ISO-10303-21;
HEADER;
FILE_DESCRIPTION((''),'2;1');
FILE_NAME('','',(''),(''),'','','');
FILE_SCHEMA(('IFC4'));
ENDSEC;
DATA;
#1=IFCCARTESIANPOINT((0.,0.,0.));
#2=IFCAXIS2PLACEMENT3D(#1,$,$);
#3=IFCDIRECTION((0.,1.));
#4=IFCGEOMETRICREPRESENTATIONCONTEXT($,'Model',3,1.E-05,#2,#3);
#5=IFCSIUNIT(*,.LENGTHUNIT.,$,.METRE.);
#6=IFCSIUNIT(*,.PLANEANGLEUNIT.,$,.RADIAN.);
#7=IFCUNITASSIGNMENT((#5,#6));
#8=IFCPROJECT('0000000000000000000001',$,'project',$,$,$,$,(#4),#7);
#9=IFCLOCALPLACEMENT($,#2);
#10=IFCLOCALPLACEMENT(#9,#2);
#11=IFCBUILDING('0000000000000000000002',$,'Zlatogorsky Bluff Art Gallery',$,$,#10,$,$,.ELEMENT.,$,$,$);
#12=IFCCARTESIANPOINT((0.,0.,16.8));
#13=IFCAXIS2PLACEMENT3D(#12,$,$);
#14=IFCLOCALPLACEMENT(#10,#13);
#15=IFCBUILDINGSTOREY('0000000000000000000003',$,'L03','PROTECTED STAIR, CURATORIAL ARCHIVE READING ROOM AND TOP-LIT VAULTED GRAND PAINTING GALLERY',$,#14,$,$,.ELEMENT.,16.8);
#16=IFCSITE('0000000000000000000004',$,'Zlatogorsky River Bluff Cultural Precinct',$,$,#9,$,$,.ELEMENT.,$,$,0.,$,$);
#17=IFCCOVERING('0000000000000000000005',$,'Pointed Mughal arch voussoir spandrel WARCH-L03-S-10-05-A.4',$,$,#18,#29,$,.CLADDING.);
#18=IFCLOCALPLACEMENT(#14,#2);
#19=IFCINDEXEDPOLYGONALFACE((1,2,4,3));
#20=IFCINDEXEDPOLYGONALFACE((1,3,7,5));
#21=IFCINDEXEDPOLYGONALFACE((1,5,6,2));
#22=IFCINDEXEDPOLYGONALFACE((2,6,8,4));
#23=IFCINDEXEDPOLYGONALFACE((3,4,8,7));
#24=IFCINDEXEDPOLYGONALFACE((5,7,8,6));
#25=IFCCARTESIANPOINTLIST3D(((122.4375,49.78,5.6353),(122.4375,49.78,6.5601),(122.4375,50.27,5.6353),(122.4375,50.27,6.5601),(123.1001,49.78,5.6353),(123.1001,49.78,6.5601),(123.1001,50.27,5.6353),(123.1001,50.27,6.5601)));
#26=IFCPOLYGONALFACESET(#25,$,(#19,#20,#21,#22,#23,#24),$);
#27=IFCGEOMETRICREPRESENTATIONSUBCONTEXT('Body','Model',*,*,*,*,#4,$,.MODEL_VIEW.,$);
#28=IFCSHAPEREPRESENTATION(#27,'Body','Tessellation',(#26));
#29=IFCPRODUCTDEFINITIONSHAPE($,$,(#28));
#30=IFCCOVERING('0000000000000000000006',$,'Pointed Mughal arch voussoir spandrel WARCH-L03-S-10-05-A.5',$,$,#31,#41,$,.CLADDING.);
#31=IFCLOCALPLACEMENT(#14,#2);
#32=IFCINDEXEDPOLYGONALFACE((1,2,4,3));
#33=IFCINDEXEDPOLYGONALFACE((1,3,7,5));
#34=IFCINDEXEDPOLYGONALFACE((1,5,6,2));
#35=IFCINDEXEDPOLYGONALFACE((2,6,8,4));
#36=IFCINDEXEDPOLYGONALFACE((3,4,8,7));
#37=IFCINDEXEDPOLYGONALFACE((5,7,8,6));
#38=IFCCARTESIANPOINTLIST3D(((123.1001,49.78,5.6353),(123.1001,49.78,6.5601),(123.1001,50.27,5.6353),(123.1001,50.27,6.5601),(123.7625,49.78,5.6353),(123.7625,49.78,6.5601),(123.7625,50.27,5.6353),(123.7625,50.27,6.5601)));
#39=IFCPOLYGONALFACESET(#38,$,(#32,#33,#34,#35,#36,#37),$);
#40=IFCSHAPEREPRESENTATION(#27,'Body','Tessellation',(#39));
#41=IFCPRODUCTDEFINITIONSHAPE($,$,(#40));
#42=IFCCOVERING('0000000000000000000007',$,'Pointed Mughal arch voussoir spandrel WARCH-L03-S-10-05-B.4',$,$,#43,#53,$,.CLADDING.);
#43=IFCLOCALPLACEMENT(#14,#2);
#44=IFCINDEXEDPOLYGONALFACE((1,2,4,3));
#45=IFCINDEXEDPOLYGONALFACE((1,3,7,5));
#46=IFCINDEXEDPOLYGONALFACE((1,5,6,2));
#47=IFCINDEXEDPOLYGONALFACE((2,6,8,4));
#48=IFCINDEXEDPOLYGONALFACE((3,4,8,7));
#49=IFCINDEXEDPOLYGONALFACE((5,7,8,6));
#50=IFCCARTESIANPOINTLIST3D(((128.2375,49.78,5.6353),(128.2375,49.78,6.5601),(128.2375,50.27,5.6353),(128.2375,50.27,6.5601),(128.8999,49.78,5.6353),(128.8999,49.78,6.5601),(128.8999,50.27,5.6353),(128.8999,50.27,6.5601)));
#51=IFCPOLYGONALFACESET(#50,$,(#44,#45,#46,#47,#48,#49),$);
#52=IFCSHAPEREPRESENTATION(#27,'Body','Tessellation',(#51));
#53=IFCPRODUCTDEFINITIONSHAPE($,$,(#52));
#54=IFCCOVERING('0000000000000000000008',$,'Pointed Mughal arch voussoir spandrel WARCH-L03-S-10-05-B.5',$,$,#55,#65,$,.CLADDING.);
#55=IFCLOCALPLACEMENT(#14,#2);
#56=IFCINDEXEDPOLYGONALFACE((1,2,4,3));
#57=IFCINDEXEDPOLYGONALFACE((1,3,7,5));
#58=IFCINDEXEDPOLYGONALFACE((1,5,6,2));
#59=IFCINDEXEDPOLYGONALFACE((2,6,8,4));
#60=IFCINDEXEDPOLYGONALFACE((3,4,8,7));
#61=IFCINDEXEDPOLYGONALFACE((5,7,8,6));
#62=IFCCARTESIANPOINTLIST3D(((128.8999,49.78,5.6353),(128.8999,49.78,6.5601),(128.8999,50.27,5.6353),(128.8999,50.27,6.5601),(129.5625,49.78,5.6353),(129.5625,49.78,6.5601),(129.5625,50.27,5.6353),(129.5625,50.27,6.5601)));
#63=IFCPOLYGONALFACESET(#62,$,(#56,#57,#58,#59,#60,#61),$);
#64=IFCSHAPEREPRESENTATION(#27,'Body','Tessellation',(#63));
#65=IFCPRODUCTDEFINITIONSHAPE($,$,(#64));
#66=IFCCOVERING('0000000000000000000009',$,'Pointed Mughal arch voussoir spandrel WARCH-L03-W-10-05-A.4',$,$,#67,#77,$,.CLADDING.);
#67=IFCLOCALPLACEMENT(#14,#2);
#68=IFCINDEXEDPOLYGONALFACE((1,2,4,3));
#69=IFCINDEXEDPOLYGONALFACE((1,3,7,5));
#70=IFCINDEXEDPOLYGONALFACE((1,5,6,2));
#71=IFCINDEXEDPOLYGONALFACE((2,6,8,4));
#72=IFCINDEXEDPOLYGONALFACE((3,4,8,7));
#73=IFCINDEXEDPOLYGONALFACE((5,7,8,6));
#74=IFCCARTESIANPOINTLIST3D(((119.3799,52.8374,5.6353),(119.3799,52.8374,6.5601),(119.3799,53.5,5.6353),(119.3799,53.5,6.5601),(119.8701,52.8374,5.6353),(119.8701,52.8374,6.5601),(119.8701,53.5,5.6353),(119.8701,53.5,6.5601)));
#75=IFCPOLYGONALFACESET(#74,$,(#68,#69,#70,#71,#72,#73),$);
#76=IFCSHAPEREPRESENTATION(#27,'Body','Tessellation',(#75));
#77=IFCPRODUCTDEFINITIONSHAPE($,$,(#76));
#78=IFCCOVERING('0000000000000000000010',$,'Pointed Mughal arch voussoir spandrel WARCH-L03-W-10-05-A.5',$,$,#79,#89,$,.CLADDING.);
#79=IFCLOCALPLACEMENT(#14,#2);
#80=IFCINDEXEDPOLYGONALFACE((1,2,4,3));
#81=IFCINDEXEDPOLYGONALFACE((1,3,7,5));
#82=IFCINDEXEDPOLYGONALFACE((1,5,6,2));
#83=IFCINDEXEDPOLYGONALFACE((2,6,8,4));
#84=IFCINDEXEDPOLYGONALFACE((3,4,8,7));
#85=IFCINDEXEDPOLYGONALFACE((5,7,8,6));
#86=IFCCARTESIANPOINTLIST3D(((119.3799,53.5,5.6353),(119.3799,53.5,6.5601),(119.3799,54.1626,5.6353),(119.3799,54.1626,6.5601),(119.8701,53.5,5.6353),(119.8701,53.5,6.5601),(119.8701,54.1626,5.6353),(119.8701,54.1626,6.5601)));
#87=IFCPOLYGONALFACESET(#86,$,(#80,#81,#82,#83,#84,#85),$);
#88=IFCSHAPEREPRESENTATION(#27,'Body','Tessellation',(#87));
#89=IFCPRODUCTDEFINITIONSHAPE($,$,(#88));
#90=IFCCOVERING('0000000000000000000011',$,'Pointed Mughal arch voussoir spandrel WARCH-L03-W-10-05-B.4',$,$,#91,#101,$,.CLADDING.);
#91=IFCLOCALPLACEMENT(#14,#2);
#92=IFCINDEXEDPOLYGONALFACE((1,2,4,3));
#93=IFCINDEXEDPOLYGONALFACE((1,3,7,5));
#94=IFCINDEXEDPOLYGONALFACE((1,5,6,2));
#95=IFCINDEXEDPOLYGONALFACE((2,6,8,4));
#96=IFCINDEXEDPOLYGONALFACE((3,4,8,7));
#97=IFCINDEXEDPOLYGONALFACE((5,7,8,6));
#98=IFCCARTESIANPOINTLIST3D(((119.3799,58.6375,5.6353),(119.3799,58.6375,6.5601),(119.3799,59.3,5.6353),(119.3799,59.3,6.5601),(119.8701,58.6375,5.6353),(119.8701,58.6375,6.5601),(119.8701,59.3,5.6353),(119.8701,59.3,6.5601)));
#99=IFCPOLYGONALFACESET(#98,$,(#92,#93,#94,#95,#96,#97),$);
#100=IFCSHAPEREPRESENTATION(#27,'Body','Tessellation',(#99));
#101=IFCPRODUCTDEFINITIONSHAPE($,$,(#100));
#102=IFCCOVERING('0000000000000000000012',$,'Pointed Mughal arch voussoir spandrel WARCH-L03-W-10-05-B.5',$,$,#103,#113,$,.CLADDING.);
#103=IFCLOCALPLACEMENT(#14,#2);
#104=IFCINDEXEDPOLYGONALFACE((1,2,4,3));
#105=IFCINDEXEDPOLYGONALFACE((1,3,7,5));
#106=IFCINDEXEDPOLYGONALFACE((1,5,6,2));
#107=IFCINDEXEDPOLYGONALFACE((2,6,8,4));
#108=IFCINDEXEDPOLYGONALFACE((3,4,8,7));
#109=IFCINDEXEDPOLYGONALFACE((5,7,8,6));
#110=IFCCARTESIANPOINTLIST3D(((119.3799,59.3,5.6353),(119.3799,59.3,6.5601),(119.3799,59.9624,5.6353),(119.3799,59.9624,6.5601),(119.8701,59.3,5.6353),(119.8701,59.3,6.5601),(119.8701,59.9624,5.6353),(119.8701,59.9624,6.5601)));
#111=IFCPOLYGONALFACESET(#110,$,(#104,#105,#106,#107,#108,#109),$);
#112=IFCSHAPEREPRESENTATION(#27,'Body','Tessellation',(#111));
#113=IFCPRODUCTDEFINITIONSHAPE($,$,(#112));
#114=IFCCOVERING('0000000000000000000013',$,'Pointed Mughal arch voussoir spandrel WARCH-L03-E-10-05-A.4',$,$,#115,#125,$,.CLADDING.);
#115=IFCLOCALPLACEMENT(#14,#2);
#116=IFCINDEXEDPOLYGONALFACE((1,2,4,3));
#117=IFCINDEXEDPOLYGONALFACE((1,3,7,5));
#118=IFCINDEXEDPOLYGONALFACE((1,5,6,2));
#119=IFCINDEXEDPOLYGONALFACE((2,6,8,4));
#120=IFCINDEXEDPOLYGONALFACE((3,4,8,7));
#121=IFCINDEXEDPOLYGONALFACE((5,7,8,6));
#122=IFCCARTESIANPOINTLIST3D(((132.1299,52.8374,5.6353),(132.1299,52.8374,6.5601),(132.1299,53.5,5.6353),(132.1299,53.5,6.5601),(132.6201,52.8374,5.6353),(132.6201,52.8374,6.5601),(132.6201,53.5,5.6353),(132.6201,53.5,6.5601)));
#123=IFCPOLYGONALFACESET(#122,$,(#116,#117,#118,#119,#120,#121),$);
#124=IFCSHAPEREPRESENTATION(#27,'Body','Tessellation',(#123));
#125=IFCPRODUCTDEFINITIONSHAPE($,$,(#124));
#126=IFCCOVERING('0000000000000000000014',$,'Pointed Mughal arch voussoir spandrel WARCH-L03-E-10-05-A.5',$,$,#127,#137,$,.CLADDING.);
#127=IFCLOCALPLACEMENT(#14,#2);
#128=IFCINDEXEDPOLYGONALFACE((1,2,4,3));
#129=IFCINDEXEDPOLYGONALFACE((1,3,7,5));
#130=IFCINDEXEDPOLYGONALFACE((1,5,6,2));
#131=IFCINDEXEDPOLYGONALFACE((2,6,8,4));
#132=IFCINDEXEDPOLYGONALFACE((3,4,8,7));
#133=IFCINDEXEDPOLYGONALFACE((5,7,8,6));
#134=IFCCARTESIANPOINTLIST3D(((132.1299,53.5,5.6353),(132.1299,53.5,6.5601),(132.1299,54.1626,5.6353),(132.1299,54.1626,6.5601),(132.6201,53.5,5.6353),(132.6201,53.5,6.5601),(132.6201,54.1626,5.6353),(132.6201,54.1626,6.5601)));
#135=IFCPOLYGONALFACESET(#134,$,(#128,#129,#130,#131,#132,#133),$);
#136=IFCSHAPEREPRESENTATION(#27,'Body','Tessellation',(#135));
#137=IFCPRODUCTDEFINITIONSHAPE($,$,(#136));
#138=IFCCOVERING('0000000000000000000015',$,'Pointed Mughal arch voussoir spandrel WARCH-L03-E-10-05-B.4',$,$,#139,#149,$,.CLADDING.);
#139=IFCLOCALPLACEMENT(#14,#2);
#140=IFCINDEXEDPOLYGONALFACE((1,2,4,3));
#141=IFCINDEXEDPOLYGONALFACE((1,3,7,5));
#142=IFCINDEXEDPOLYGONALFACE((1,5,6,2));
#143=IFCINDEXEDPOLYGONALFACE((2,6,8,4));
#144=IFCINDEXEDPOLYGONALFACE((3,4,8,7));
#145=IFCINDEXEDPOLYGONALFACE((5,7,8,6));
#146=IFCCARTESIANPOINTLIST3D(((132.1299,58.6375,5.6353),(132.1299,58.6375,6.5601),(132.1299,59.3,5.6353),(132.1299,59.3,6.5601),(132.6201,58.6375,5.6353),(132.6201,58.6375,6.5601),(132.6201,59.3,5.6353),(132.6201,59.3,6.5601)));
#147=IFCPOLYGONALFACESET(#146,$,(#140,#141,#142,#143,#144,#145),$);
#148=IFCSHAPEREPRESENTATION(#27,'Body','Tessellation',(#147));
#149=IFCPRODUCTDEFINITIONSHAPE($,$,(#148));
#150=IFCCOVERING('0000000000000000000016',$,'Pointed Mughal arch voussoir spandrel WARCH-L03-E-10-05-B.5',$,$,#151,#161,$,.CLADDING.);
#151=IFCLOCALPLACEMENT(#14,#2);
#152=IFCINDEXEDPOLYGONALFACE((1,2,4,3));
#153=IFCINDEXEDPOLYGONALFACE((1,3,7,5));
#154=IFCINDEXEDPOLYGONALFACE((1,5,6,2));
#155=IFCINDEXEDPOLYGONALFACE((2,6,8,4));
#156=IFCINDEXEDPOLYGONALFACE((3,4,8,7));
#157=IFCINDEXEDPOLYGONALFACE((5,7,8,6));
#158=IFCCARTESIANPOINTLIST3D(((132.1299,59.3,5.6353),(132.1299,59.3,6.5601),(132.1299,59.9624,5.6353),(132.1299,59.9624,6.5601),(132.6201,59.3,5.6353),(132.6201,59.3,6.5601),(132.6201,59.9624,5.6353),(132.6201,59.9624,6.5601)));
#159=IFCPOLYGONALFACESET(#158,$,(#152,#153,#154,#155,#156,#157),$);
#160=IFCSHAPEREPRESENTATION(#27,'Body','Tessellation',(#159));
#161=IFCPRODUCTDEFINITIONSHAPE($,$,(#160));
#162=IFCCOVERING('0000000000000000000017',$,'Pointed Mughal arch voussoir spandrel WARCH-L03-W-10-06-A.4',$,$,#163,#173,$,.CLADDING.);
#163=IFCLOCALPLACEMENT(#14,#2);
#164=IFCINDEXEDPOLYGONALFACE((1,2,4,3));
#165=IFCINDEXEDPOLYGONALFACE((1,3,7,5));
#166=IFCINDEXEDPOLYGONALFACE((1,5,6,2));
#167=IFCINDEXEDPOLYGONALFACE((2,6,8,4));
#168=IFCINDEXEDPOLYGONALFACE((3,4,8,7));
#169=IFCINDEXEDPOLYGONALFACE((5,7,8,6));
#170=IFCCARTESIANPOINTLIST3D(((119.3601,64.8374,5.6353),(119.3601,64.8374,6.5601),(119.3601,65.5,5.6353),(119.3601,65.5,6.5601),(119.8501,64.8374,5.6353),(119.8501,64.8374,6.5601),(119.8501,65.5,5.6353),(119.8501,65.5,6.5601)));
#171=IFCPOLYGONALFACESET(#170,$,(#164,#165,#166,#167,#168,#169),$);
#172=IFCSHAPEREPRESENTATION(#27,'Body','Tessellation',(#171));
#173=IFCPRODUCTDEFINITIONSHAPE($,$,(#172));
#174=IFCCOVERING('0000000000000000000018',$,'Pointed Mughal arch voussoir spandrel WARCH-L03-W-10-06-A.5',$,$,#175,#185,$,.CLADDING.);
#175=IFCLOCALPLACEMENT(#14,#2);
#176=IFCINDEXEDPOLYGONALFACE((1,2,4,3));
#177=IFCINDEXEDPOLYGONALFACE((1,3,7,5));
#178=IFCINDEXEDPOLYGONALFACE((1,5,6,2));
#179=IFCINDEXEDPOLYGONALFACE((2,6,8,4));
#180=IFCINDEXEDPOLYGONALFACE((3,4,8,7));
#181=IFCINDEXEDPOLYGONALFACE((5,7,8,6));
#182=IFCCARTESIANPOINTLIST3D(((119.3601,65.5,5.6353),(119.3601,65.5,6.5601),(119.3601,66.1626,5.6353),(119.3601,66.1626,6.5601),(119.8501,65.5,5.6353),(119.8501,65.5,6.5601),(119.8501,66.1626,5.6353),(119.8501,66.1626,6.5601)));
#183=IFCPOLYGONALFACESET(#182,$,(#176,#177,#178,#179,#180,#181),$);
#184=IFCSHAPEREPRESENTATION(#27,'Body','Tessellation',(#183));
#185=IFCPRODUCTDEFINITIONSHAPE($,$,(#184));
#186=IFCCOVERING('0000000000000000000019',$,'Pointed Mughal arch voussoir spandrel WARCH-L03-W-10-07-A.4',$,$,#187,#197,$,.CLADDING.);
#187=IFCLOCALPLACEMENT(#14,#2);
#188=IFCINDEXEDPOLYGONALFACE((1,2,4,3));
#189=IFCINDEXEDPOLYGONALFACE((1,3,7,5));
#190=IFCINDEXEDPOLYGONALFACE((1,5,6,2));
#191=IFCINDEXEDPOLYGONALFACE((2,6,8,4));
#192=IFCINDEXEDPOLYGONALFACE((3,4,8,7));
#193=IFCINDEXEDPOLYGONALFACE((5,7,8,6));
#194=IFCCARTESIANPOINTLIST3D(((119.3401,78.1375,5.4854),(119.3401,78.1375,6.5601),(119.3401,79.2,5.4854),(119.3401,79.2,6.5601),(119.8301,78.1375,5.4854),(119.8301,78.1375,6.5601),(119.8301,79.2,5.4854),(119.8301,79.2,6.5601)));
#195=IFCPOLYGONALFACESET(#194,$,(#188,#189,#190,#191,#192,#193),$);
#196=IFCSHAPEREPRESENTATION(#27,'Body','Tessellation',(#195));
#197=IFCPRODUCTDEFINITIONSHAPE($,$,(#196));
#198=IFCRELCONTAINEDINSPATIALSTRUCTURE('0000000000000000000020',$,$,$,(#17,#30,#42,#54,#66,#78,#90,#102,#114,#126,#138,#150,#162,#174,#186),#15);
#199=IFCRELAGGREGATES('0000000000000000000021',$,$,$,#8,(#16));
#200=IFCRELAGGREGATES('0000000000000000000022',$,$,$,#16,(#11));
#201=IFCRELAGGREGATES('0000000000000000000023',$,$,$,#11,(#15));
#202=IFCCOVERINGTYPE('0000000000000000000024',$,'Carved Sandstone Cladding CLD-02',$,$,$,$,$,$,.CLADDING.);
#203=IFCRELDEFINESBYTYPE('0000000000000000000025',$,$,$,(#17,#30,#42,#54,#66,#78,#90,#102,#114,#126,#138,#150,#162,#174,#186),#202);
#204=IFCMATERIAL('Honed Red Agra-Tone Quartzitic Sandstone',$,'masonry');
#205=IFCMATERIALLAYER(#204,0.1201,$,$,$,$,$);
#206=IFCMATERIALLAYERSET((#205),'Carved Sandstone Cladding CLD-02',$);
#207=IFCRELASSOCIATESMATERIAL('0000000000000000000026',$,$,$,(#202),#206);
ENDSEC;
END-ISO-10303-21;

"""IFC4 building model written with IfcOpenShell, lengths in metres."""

from ifc_helpers import new_model, si_unit, direction, frame, origin, place, context, subcontext, project, spatial, polyline, outline, extrude, material, layer, layer_set, type_object, element, save


model = new_model("IFC4")

# Units and contexts
model_context = context("Model", 3, precision=1e-05, world=origin(), true_north=direction((0.0, 1.0)))
body_context = subcontext(model_context, "Body", "Model", "MODEL_VIEW")
ifc_project = project(units=[si_unit("LENGTHUNIT", "METRE"), si_unit("PLANEANGLEUNIT", "RADIAN")], contexts=[model_context])

# Site, building, storey
site_placement = place(None, origin())
site = spatial("IfcSite", under=ifc_project, at=site_placement, Name="Zlatogorsky River Bluff Cultural Precinct", CompositionType="ELEMENT", RefElevation=0.0)
building_placement = place(site_placement, origin())
building = spatial("IfcBuilding", under=site, at=building_placement, Name="Zlatogorsky Bluff Art Gallery", CompositionType="ELEMENT")
storey_placement = place(building_placement, frame((0.0, 0.0, 16.8)))
storey = spatial("IfcBuildingStorey", under=building, at=storey_placement, Name="L03", Description="PROTECTED STAIR, CURATORIAL ARCHIVE READING ROOM AND TOP-LIT VAULTED GRAND PAINTING GALLERY", CompositionType="ELEMENT", Elevation=16.8)

# Coverings
ifc_material = material(Name="Honed Red Agra-Tone Quartzitic Sandstone", Category="masonry")
ifc_layer = layer(ifc_material, 0.1201)
ifc_layer_set = layer_set([ifc_layer], Name="Carved Sandstone Cladding CLD-02")
covering_type = type_object("IfcCoveringType", Name="Carved Sandstone Cladding CLD-02", PredefinedType="CLADDING", material=ifc_layer_set)
covering_1_placement = place(storey_placement, frame((0.0, 0.0, 5.6353)))
element("IfcCovering", 1, at=covering_1_placement, inside=storey, type_object=covering_type, Name="Pointed Mughal arch voussoir spandrel WARCH-L03-S-10-05-A.4", PredefinedType="CLADDING", context=body_context, shape_type="SweptSolid", body=[
    extrude(outline(polyline([(122.4375, 49.78), (123.1001, 49.78), (123.1001, 50.27), (122.4375, 50.27), (122.4375, 49.78)])), origin(), (0.0, 0.0, 1.0), 0.9248),
])
covering_2_placement = place(storey_placement, frame((0.0, 0.0, 5.6353)))
element("IfcCovering", 2, at=covering_2_placement, inside=storey, type_object=covering_type, Name="Pointed Mughal arch voussoir spandrel WARCH-L03-S-10-05-A.5", PredefinedType="CLADDING", context=body_context, shape_type="SweptSolid", body=[
    extrude(outline(polyline([(123.1001, 49.78), (123.7625, 49.78), (123.7625, 50.27), (123.1001, 50.27), (123.1001, 49.78)])), origin(), (0.0, 0.0, 1.0), 0.9248),
])
covering_3_placement = place(storey_placement, frame((0.0, 0.0, 5.6353)))
element("IfcCovering", 3, at=covering_3_placement, inside=storey, type_object=covering_type, Name="Pointed Mughal arch voussoir spandrel WARCH-L03-S-10-05-B.4", PredefinedType="CLADDING", context=body_context, shape_type="SweptSolid", body=[
    extrude(outline(polyline([(128.2375, 49.78), (128.8999, 49.78), (128.8999, 50.27), (128.2375, 50.27), (128.2375, 49.78)])), origin(), (0.0, 0.0, 1.0), 0.9248),
])
covering_4_placement = place(storey_placement, frame((0.0, 0.0, 5.6353)))
element("IfcCovering", 4, at=covering_4_placement, inside=storey, type_object=covering_type, Name="Pointed Mughal arch voussoir spandrel WARCH-L03-S-10-05-B.5", PredefinedType="CLADDING", context=body_context, shape_type="SweptSolid", body=[
    extrude(outline(polyline([(128.8999, 49.78), (129.5625, 49.78), (129.5625, 50.27), (128.8999, 50.27), (128.8999, 49.78)])), origin(), (0.0, 0.0, 1.0), 0.9248),
])
covering_5_placement = place(storey_placement, frame((0.0, 0.0, 5.6353)))
element("IfcCovering", 5, at=covering_5_placement, inside=storey, type_object=covering_type, Name="Pointed Mughal arch voussoir spandrel WARCH-L03-W-10-05-A.4", PredefinedType="CLADDING", context=body_context, shape_type="SweptSolid", body=[
    extrude(outline(polyline([(119.3799, 52.8374), (119.3799, 53.5), (119.8701, 53.5), (119.8701, 52.8374), (119.3799, 52.8374)])), origin(), (0.0, 0.0, 1.0), 0.9248),
])
covering_6_placement = place(storey_placement, frame((0.0, 0.0, 5.6353)))
element("IfcCovering", 6, at=covering_6_placement, inside=storey, type_object=covering_type, Name="Pointed Mughal arch voussoir spandrel WARCH-L03-W-10-05-A.5", PredefinedType="CLADDING", context=body_context, shape_type="SweptSolid", body=[
    extrude(outline(polyline([(119.3799, 53.5), (119.3799, 54.1626), (119.8701, 54.1626), (119.8701, 53.5), (119.3799, 53.5)])), origin(), (0.0, 0.0, 1.0), 0.9248),
])
covering_7_placement = place(storey_placement, frame((0.0, 0.0, 5.6353)))
element("IfcCovering", 7, at=covering_7_placement, inside=storey, type_object=covering_type, Name="Pointed Mughal arch voussoir spandrel WARCH-L03-W-10-05-B.4", PredefinedType="CLADDING", context=body_context, shape_type="SweptSolid", body=[
    extrude(outline(polyline([(119.3799, 58.6375), (119.3799, 59.3), (119.8701, 59.3), (119.8701, 58.6375), (119.3799, 58.6375)])), origin(), (0.0, 0.0, 1.0), 0.9248),
])
covering_8_placement = place(storey_placement, frame((0.0, 0.0, 5.6353)))
element("IfcCovering", 8, at=covering_8_placement, inside=storey, type_object=covering_type, Name="Pointed Mughal arch voussoir spandrel WARCH-L03-W-10-05-B.5", PredefinedType="CLADDING", context=body_context, shape_type="SweptSolid", body=[
    extrude(outline(polyline([(119.3799, 59.3), (119.3799, 59.9624), (119.8701, 59.9624), (119.8701, 59.3), (119.3799, 59.3)])), origin(), (0.0, 0.0, 1.0), 0.9248),
])
covering_9_placement = place(storey_placement, frame((0.0, 0.0, 5.6353)))
element("IfcCovering", 9, at=covering_9_placement, inside=storey, type_object=covering_type, Name="Pointed Mughal arch voussoir spandrel WARCH-L03-E-10-05-A.4", PredefinedType="CLADDING", context=body_context, shape_type="SweptSolid", body=[
    extrude(outline(polyline([(132.1299, 52.8374), (132.1299, 53.5), (132.6201, 53.5), (132.6201, 52.8374), (132.1299, 52.8374)])), origin(), (0.0, 0.0, 1.0), 0.9248),
])
covering_10_placement = place(storey_placement, frame((0.0, 0.0, 5.6353)))
element("IfcCovering", 10, at=covering_10_placement, inside=storey, type_object=covering_type, Name="Pointed Mughal arch voussoir spandrel WARCH-L03-E-10-05-A.5", PredefinedType="CLADDING", context=body_context, shape_type="SweptSolid", body=[
    extrude(outline(polyline([(132.1299, 53.5), (132.1299, 54.1626), (132.6201, 54.1626), (132.6201, 53.5), (132.1299, 53.5)])), origin(), (0.0, 0.0, 1.0), 0.9248),
])
covering_11_placement = place(storey_placement, frame((0.0, 0.0, 5.6353)))
element("IfcCovering", 11, at=covering_11_placement, inside=storey, type_object=covering_type, Name="Pointed Mughal arch voussoir spandrel WARCH-L03-E-10-05-B.4", PredefinedType="CLADDING", context=body_context, shape_type="SweptSolid", body=[
    extrude(outline(polyline([(132.1299, 58.6375), (132.1299, 59.3), (132.6201, 59.3), (132.6201, 58.6375), (132.1299, 58.6375)])), origin(), (0.0, 0.0, 1.0), 0.9248),
])
covering_12_placement = place(storey_placement, frame((0.0, 0.0, 5.6353)))
element("IfcCovering", 12, at=covering_12_placement, inside=storey, type_object=covering_type, Name="Pointed Mughal arch voussoir spandrel WARCH-L03-E-10-05-B.5", PredefinedType="CLADDING", context=body_context, shape_type="SweptSolid", body=[
    extrude(outline(polyline([(132.1299, 59.3), (132.1299, 59.9624), (132.6201, 59.9624), (132.6201, 59.3), (132.1299, 59.3)])), origin(), (0.0, 0.0, 1.0), 0.9248),
])
covering_13_placement = place(storey_placement, frame((0.0, 0.0, 5.6353)))
element("IfcCovering", 13, at=covering_13_placement, inside=storey, type_object=covering_type, Name="Pointed Mughal arch voussoir spandrel WARCH-L03-W-10-06-A.4", PredefinedType="CLADDING", context=body_context, shape_type="SweptSolid", body=[
    extrude(outline(polyline([(119.3601, 64.8374), (119.3601, 65.5), (119.8501, 65.5), (119.8501, 64.8374), (119.3601, 64.8374)])), origin(), (0.0, 0.0, 1.0), 0.9248),
])
covering_14_placement = place(storey_placement, frame((0.0, 0.0, 5.6353)))
element("IfcCovering", 14, at=covering_14_placement, inside=storey, type_object=covering_type, Name="Pointed Mughal arch voussoir spandrel WARCH-L03-W-10-06-A.5", PredefinedType="CLADDING", context=body_context, shape_type="SweptSolid", body=[
    extrude(outline(polyline([(119.3601, 65.5), (119.3601, 66.1626), (119.8501, 66.1626), (119.8501, 65.5), (119.3601, 65.5)])), origin(), (0.0, 0.0, 1.0), 0.9248),
])
covering_15_placement = place(storey_placement, frame((0.0, 0.0, 5.4854)))
element("IfcCovering", 15, at=covering_15_placement, inside=storey, type_object=covering_type, Name="Pointed Mughal arch voussoir spandrel WARCH-L03-W-10-07-A.4", PredefinedType="CLADDING", context=body_context, shape_type="SweptSolid", body=[
    extrude(outline(polyline([(119.3401, 78.1375), (119.3401, 79.2), (119.8301, 79.2), (119.8301, 78.1375), (119.3401, 78.1375)])), origin(), (0.0, 0.0, 1.0), 1.0747),
])

save(model, "model.ifc")
